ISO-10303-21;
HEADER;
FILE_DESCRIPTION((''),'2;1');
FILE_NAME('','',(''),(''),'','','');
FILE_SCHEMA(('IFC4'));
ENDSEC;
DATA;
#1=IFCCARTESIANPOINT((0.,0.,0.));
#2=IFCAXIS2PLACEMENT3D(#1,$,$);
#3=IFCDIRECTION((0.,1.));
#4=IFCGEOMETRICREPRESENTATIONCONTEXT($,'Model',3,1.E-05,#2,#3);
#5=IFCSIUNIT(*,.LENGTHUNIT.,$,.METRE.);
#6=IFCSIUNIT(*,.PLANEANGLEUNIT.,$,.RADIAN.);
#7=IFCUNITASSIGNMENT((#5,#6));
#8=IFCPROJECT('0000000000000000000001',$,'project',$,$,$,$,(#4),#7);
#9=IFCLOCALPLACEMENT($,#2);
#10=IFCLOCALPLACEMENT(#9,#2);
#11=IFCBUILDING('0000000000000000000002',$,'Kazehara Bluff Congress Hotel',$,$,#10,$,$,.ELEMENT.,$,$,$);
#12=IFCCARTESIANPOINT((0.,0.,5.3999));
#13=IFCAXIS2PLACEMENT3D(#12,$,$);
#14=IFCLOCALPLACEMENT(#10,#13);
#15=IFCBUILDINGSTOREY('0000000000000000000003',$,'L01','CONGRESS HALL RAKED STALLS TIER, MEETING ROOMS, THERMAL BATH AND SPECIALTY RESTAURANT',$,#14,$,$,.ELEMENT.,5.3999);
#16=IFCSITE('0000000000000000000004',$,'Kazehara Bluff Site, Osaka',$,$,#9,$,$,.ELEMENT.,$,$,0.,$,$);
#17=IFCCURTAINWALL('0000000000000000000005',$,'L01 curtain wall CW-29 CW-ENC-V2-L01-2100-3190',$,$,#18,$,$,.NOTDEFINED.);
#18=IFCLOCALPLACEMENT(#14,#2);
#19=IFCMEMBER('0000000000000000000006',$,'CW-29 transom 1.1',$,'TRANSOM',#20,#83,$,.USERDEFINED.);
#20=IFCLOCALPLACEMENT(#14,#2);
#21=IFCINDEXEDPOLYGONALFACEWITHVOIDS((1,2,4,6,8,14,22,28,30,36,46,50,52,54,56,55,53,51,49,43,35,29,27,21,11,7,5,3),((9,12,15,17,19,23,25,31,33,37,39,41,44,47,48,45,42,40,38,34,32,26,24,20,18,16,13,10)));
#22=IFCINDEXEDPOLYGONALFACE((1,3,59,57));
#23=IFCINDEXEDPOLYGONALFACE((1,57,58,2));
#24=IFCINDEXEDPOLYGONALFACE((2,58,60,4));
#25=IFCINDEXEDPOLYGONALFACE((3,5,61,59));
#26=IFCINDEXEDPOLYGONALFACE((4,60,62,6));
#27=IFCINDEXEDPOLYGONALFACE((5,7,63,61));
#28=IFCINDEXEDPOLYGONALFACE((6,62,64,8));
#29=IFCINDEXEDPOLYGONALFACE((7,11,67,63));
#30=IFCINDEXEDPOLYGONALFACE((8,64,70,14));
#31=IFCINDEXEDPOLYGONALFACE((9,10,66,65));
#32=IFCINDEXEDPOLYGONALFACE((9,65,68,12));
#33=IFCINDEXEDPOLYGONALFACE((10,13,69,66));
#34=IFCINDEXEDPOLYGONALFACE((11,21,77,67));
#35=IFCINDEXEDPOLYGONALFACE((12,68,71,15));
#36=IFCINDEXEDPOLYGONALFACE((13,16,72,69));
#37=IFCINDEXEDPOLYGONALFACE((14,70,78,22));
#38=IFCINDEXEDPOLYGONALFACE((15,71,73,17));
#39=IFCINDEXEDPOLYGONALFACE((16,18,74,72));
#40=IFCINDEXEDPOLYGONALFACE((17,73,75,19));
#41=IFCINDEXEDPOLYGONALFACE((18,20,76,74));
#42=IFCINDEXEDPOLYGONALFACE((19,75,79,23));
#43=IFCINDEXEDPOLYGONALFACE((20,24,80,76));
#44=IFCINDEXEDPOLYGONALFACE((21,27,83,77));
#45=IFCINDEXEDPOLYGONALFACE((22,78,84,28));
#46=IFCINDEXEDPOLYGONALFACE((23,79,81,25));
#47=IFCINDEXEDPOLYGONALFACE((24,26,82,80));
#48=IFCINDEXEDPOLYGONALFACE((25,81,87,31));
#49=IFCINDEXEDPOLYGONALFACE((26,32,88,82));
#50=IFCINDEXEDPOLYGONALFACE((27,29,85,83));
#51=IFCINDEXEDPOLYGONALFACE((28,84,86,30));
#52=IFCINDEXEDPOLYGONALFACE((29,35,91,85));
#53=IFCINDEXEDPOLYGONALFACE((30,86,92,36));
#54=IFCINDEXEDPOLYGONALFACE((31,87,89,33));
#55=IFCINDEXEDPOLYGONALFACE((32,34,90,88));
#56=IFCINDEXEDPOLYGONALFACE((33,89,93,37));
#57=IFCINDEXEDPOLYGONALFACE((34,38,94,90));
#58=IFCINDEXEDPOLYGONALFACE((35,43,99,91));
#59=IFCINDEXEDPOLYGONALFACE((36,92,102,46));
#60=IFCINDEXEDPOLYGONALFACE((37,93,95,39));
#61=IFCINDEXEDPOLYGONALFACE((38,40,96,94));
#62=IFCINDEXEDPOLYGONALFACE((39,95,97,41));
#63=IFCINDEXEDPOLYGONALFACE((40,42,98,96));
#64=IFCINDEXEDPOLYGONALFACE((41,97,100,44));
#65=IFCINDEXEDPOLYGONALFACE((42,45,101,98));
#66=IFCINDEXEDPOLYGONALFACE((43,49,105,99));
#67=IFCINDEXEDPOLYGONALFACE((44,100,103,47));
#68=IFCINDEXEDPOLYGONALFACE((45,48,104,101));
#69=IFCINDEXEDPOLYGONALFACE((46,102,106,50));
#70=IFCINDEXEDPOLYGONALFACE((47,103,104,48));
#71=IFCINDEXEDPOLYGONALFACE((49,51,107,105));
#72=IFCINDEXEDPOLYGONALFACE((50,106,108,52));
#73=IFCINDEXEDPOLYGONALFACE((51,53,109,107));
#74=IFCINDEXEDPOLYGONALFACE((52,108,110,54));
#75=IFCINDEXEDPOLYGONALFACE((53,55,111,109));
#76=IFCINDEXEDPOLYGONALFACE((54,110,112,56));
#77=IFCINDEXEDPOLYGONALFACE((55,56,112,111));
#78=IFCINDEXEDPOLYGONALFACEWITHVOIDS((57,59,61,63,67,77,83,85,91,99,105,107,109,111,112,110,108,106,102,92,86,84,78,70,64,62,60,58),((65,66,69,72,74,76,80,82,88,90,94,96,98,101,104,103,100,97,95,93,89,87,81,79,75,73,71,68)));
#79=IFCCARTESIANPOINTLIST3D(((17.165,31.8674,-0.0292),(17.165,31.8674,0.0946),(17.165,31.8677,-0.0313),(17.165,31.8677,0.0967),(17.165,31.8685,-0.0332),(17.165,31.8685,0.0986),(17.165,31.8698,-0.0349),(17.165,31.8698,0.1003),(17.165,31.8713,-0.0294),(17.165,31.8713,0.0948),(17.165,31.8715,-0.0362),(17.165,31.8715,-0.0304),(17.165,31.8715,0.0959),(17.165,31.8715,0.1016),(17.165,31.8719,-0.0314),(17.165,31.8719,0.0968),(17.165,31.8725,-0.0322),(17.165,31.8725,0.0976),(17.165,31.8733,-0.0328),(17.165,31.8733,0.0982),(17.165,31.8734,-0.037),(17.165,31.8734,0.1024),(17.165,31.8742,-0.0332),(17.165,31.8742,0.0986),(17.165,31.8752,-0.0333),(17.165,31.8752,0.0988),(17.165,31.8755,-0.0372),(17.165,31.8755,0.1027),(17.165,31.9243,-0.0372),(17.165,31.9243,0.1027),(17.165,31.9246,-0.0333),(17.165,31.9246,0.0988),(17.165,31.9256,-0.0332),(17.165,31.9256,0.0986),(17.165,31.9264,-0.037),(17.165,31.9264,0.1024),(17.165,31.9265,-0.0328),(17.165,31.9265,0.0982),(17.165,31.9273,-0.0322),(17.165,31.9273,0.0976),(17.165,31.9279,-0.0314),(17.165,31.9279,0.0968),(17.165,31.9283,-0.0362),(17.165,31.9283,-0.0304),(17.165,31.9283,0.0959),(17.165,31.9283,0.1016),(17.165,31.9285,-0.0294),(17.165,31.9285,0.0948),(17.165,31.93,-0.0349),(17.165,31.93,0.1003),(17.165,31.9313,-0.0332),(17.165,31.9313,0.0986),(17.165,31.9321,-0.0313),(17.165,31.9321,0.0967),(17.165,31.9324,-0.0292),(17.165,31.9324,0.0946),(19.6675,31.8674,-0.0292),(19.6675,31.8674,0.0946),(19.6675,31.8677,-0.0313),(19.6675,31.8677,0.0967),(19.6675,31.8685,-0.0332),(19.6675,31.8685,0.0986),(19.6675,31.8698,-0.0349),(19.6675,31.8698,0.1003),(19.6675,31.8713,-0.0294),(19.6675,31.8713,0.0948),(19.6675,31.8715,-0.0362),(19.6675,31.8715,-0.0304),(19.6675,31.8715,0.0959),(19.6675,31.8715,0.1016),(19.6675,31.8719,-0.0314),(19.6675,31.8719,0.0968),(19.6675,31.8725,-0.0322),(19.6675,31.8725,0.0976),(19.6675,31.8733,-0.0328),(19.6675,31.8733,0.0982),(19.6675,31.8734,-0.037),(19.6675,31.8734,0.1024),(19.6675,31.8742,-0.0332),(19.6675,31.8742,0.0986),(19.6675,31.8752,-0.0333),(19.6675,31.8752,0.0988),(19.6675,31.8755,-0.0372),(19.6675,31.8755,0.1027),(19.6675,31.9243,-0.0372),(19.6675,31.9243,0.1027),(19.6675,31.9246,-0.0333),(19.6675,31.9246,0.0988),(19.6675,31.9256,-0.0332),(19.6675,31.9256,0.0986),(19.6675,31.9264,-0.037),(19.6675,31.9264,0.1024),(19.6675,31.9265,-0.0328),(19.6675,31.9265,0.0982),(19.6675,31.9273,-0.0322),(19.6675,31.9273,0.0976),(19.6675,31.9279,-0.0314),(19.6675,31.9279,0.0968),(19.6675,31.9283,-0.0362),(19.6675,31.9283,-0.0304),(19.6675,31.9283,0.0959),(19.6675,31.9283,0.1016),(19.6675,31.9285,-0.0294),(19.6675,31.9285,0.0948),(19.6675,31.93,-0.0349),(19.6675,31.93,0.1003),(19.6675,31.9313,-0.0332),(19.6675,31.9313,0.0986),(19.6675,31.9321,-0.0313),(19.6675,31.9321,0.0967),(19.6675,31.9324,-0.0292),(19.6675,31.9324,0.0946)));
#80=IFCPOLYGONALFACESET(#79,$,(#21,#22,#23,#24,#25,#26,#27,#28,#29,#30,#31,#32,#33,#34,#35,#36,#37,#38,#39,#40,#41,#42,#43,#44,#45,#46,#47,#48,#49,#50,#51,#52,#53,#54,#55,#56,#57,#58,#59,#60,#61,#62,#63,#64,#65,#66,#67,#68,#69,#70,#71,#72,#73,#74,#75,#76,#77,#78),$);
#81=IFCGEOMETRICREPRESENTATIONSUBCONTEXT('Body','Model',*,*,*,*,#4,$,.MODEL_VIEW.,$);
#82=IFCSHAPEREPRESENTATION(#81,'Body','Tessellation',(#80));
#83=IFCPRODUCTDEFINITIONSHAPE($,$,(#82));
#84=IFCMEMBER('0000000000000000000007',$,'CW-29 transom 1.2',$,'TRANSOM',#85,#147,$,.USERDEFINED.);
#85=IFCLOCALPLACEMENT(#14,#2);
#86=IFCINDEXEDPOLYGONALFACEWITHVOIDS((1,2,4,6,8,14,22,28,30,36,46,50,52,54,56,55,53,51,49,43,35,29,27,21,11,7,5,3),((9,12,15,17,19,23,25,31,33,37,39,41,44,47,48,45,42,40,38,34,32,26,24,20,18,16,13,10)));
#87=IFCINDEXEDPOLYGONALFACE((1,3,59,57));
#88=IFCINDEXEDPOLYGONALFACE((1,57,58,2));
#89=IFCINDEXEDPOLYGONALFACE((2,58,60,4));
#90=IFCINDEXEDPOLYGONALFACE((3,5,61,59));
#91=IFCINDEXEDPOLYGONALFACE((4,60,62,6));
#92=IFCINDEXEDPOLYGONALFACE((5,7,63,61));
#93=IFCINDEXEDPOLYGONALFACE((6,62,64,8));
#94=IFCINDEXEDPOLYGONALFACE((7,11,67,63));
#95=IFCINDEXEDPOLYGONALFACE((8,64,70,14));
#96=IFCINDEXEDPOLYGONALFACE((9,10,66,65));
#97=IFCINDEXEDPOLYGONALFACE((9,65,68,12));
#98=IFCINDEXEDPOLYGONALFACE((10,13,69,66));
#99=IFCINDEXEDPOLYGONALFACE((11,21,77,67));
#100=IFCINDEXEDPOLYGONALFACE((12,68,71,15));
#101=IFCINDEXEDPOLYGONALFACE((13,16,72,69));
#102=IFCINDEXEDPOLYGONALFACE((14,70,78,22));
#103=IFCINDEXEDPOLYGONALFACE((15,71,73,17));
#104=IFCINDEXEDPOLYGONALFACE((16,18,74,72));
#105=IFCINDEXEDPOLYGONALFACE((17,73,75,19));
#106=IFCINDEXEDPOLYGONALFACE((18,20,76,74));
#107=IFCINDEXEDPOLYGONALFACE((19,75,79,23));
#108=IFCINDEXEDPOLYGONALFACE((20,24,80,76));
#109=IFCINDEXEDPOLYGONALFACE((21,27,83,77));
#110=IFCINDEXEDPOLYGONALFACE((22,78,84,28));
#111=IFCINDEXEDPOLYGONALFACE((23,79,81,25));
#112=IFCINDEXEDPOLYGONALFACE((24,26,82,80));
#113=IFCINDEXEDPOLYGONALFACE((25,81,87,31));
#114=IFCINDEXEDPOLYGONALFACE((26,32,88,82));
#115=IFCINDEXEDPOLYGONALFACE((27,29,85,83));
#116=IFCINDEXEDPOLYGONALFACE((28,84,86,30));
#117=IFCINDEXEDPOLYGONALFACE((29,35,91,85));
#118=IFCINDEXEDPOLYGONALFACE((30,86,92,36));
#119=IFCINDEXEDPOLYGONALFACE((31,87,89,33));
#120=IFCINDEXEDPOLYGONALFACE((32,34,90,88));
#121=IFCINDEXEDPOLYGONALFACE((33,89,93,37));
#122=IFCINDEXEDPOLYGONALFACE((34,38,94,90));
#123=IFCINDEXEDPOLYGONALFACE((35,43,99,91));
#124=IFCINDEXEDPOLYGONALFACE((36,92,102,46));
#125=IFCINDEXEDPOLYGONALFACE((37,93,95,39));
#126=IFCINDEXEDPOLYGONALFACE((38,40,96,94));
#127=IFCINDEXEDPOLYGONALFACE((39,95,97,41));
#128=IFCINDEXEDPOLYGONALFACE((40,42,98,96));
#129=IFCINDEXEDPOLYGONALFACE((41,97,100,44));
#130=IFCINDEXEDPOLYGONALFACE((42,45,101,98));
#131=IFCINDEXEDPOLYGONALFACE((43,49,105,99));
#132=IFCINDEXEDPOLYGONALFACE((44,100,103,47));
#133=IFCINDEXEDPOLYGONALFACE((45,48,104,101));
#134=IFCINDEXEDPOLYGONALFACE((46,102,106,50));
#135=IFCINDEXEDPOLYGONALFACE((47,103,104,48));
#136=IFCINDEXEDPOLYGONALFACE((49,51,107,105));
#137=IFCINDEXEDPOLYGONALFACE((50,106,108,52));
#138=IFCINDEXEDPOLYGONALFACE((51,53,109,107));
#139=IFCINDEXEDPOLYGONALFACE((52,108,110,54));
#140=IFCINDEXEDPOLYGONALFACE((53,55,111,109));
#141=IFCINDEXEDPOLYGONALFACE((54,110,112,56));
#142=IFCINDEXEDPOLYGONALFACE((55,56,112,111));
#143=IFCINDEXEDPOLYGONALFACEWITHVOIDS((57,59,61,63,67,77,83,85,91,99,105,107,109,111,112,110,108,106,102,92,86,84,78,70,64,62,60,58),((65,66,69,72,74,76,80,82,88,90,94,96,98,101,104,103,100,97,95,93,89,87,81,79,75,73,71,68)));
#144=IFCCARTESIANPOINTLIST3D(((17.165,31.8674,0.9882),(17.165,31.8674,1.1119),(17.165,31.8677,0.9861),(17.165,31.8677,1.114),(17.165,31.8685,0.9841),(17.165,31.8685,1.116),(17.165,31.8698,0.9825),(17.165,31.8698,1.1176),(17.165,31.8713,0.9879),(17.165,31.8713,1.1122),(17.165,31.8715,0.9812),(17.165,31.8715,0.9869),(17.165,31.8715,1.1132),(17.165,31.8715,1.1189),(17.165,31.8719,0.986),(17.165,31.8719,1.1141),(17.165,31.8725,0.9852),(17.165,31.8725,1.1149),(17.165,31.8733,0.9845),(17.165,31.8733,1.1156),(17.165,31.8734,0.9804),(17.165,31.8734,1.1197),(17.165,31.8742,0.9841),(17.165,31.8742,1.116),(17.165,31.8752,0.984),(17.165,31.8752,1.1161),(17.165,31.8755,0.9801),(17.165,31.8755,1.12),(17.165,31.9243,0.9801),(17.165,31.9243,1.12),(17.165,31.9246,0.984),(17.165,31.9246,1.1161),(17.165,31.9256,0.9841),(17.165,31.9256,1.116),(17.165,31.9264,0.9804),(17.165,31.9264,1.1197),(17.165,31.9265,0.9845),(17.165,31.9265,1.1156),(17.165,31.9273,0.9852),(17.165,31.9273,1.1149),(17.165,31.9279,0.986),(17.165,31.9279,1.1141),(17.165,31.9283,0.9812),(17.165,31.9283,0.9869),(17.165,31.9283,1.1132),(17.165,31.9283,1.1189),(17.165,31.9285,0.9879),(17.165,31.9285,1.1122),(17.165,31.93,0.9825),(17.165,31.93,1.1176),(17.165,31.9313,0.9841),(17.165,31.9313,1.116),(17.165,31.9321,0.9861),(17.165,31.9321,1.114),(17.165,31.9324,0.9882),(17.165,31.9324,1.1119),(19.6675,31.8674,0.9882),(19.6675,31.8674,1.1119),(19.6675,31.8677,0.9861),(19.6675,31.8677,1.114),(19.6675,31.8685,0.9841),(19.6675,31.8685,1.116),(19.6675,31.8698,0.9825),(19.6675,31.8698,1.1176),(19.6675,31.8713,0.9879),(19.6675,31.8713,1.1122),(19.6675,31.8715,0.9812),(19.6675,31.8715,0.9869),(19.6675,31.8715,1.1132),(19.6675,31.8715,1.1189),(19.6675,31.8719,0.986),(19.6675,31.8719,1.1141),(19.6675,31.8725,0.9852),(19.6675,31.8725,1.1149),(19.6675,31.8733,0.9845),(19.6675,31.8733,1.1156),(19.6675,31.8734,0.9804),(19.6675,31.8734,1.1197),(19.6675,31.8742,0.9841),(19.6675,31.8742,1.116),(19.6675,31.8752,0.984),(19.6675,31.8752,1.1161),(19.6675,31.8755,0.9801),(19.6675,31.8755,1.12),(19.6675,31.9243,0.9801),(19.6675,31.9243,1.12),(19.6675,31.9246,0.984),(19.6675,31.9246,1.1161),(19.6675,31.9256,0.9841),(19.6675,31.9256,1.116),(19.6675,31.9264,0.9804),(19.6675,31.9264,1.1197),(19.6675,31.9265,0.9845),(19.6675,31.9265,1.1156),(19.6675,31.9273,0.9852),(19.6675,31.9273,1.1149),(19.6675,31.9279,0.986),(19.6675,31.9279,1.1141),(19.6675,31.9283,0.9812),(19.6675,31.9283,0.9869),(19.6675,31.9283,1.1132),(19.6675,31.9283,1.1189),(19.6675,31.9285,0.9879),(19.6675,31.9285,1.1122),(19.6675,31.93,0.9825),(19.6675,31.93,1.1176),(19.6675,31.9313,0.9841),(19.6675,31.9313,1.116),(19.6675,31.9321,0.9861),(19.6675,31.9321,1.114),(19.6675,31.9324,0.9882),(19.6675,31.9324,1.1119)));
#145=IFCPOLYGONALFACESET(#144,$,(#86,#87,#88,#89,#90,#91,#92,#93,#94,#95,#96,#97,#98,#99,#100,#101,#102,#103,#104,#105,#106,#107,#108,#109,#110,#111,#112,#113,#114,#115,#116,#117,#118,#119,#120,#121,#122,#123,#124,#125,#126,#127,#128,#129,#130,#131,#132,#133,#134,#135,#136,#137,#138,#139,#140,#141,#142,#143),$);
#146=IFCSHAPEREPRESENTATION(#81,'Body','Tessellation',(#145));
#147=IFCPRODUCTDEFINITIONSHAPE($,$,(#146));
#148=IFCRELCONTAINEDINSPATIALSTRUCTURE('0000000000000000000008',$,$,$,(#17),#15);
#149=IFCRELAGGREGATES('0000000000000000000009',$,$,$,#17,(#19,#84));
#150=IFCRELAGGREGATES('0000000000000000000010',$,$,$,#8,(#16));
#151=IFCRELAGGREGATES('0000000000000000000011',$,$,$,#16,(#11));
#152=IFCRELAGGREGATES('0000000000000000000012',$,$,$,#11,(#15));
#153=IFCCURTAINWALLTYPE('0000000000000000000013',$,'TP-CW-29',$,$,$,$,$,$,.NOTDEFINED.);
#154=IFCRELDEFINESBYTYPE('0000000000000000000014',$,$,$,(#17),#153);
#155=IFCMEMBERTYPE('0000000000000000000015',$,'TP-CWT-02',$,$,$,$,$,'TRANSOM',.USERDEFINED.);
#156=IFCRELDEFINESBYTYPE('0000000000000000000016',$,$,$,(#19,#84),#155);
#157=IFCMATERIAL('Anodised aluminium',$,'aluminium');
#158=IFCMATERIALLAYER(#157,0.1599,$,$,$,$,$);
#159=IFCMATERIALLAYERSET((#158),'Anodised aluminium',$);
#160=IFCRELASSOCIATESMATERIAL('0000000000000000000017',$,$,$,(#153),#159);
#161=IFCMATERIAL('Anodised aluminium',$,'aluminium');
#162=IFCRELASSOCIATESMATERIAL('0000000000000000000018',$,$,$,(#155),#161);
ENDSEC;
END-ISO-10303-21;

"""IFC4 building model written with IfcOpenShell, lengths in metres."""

from ifc_helpers import new_model, si_unit, direction, frame, origin, origin_2d, place, context, subcontext, project, spatial, hollow_rectangle, extrude, material, layer, layer_set, material_profile, profile_set, type_object, element, aggregate, save


model = new_model("IFC4")

# Units and contexts
model_context = context("Model", 3, precision=1e-05, world=origin(), true_north=direction((0.0, 1.0)))
body_context = subcontext(model_context, "Body", "Model", "MODEL_VIEW")
ifc_project = project(units=[si_unit("LENGTHUNIT", "METRE"), si_unit("PLANEANGLEUNIT", "RADIAN")], contexts=[model_context])

# Site, building, storey
site_placement = place(None, origin())
site = spatial("IfcSite", under=ifc_project, at=site_placement, Name="Kazehara Bluff Site, Osaka", CompositionType="ELEMENT", RefElevation=0.0)
building_placement = place(site_placement, origin())
building = spatial("IfcBuilding", under=site, at=building_placement, Name="Kazehara Bluff Congress Hotel", CompositionType="ELEMENT")
storey_placement = place(building_placement, frame((0.0, 0.0, 5.3999)))
storey = spatial("IfcBuildingStorey", under=building, at=storey_placement, Name="L01", Description="CONGRESS HALL RAKED STALLS TIER, MEETING ROOMS, THERMAL BATH AND SPECIALTY RESTAURANT", CompositionType="ELEMENT", Elevation=5.3999)

# Curtain wall, members
ifc_material_1 = material(Name="Anodised aluminium", Category="aluminium")
ifc_layer_1 = layer(ifc_material_1, 0.1599)
ifc_layer_set_1 = layer_set([ifc_layer_1], Name="Anodised aluminium")
curtain_wall_type = type_object("IfcCurtainWallType", Name="TP-CW-29", PredefinedType="NOTDEFINED", material=ifc_layer_set_1)
curtain_wall_placement = place(storey_placement, origin())
curtain_wall = element("IfcCurtainWall", 1, at=curtain_wall_placement, inside=storey, type_object=curtain_wall_type, Name="L01 curtain wall CW-29 CW-ENC-V2-L01-2100-3190", PredefinedType="NOTDEFINED")
ifc_material_2 = material(Name="Anodised aluminium", Category="aluminium")
ifc_material_profile_1 = material_profile(ifc_material_2, hollow_rectangle(XDim=0.0649, YDim=0.1399, WallThickness=0.0039, InnerFilletRadius=0.0039, OuterFilletRadius=0.0081, at=origin_2d()))
ifc_profile_set_1 = profile_set([ifc_material_profile_1], Name="Anodised aluminium")
member_type_1 = type_object("IfcMemberType", Name="TP-CWT-02", ElementType="TRANSOM", PredefinedType="USERDEFINED", material=ifc_profile_set_1)
member_1_placement = place(storey_placement, frame((17.165, 31.8999, 0.0327), z_axis=(1.0, 0.0, 0.0), x_axis=(0.0, 1.0, 0.0)))
member_1 = element("IfcMember", 2, at=member_1_placement, type_object=member_type_1, Name="CW-29 transom 1.1", ObjectType="TRANSOM", PredefinedType="USERDEFINED", context=body_context, shape_type="SweptSolid", body=[
    extrude(hollow_rectangle(XDim=0.0649, YDim=0.1399, WallThickness=0.0039, InnerFilletRadius=0.0039, OuterFilletRadius=0.0081, at=origin_2d()), origin(), (0.0, 0.0, 1.0), 2.5024),
])
member_2_placement = place(storey_placement, frame((17.165, 31.8999, 1.05), z_axis=(1.0, 0.0, 0.0), x_axis=(0.0, 1.0, 0.0)))
member_2 = element("IfcMember", 3, at=member_2_placement, type_object=member_type_1, Name="CW-29 transom 1.2", ObjectType="TRANSOM", PredefinedType="USERDEFINED", context=body_context, shape_type="SweptSolid", body=[
    extrude(hollow_rectangle(XDim=0.0649, YDim=0.1399, WallThickness=0.0039, InnerFilletRadius=0.0039, OuterFilletRadius=0.0081, at=origin_2d()), origin(), (0.0, 0.0, 1.0), 2.5024),
])

aggregate(curtain_wall, [member_1, member_2])

save(model, "model.ifc")
